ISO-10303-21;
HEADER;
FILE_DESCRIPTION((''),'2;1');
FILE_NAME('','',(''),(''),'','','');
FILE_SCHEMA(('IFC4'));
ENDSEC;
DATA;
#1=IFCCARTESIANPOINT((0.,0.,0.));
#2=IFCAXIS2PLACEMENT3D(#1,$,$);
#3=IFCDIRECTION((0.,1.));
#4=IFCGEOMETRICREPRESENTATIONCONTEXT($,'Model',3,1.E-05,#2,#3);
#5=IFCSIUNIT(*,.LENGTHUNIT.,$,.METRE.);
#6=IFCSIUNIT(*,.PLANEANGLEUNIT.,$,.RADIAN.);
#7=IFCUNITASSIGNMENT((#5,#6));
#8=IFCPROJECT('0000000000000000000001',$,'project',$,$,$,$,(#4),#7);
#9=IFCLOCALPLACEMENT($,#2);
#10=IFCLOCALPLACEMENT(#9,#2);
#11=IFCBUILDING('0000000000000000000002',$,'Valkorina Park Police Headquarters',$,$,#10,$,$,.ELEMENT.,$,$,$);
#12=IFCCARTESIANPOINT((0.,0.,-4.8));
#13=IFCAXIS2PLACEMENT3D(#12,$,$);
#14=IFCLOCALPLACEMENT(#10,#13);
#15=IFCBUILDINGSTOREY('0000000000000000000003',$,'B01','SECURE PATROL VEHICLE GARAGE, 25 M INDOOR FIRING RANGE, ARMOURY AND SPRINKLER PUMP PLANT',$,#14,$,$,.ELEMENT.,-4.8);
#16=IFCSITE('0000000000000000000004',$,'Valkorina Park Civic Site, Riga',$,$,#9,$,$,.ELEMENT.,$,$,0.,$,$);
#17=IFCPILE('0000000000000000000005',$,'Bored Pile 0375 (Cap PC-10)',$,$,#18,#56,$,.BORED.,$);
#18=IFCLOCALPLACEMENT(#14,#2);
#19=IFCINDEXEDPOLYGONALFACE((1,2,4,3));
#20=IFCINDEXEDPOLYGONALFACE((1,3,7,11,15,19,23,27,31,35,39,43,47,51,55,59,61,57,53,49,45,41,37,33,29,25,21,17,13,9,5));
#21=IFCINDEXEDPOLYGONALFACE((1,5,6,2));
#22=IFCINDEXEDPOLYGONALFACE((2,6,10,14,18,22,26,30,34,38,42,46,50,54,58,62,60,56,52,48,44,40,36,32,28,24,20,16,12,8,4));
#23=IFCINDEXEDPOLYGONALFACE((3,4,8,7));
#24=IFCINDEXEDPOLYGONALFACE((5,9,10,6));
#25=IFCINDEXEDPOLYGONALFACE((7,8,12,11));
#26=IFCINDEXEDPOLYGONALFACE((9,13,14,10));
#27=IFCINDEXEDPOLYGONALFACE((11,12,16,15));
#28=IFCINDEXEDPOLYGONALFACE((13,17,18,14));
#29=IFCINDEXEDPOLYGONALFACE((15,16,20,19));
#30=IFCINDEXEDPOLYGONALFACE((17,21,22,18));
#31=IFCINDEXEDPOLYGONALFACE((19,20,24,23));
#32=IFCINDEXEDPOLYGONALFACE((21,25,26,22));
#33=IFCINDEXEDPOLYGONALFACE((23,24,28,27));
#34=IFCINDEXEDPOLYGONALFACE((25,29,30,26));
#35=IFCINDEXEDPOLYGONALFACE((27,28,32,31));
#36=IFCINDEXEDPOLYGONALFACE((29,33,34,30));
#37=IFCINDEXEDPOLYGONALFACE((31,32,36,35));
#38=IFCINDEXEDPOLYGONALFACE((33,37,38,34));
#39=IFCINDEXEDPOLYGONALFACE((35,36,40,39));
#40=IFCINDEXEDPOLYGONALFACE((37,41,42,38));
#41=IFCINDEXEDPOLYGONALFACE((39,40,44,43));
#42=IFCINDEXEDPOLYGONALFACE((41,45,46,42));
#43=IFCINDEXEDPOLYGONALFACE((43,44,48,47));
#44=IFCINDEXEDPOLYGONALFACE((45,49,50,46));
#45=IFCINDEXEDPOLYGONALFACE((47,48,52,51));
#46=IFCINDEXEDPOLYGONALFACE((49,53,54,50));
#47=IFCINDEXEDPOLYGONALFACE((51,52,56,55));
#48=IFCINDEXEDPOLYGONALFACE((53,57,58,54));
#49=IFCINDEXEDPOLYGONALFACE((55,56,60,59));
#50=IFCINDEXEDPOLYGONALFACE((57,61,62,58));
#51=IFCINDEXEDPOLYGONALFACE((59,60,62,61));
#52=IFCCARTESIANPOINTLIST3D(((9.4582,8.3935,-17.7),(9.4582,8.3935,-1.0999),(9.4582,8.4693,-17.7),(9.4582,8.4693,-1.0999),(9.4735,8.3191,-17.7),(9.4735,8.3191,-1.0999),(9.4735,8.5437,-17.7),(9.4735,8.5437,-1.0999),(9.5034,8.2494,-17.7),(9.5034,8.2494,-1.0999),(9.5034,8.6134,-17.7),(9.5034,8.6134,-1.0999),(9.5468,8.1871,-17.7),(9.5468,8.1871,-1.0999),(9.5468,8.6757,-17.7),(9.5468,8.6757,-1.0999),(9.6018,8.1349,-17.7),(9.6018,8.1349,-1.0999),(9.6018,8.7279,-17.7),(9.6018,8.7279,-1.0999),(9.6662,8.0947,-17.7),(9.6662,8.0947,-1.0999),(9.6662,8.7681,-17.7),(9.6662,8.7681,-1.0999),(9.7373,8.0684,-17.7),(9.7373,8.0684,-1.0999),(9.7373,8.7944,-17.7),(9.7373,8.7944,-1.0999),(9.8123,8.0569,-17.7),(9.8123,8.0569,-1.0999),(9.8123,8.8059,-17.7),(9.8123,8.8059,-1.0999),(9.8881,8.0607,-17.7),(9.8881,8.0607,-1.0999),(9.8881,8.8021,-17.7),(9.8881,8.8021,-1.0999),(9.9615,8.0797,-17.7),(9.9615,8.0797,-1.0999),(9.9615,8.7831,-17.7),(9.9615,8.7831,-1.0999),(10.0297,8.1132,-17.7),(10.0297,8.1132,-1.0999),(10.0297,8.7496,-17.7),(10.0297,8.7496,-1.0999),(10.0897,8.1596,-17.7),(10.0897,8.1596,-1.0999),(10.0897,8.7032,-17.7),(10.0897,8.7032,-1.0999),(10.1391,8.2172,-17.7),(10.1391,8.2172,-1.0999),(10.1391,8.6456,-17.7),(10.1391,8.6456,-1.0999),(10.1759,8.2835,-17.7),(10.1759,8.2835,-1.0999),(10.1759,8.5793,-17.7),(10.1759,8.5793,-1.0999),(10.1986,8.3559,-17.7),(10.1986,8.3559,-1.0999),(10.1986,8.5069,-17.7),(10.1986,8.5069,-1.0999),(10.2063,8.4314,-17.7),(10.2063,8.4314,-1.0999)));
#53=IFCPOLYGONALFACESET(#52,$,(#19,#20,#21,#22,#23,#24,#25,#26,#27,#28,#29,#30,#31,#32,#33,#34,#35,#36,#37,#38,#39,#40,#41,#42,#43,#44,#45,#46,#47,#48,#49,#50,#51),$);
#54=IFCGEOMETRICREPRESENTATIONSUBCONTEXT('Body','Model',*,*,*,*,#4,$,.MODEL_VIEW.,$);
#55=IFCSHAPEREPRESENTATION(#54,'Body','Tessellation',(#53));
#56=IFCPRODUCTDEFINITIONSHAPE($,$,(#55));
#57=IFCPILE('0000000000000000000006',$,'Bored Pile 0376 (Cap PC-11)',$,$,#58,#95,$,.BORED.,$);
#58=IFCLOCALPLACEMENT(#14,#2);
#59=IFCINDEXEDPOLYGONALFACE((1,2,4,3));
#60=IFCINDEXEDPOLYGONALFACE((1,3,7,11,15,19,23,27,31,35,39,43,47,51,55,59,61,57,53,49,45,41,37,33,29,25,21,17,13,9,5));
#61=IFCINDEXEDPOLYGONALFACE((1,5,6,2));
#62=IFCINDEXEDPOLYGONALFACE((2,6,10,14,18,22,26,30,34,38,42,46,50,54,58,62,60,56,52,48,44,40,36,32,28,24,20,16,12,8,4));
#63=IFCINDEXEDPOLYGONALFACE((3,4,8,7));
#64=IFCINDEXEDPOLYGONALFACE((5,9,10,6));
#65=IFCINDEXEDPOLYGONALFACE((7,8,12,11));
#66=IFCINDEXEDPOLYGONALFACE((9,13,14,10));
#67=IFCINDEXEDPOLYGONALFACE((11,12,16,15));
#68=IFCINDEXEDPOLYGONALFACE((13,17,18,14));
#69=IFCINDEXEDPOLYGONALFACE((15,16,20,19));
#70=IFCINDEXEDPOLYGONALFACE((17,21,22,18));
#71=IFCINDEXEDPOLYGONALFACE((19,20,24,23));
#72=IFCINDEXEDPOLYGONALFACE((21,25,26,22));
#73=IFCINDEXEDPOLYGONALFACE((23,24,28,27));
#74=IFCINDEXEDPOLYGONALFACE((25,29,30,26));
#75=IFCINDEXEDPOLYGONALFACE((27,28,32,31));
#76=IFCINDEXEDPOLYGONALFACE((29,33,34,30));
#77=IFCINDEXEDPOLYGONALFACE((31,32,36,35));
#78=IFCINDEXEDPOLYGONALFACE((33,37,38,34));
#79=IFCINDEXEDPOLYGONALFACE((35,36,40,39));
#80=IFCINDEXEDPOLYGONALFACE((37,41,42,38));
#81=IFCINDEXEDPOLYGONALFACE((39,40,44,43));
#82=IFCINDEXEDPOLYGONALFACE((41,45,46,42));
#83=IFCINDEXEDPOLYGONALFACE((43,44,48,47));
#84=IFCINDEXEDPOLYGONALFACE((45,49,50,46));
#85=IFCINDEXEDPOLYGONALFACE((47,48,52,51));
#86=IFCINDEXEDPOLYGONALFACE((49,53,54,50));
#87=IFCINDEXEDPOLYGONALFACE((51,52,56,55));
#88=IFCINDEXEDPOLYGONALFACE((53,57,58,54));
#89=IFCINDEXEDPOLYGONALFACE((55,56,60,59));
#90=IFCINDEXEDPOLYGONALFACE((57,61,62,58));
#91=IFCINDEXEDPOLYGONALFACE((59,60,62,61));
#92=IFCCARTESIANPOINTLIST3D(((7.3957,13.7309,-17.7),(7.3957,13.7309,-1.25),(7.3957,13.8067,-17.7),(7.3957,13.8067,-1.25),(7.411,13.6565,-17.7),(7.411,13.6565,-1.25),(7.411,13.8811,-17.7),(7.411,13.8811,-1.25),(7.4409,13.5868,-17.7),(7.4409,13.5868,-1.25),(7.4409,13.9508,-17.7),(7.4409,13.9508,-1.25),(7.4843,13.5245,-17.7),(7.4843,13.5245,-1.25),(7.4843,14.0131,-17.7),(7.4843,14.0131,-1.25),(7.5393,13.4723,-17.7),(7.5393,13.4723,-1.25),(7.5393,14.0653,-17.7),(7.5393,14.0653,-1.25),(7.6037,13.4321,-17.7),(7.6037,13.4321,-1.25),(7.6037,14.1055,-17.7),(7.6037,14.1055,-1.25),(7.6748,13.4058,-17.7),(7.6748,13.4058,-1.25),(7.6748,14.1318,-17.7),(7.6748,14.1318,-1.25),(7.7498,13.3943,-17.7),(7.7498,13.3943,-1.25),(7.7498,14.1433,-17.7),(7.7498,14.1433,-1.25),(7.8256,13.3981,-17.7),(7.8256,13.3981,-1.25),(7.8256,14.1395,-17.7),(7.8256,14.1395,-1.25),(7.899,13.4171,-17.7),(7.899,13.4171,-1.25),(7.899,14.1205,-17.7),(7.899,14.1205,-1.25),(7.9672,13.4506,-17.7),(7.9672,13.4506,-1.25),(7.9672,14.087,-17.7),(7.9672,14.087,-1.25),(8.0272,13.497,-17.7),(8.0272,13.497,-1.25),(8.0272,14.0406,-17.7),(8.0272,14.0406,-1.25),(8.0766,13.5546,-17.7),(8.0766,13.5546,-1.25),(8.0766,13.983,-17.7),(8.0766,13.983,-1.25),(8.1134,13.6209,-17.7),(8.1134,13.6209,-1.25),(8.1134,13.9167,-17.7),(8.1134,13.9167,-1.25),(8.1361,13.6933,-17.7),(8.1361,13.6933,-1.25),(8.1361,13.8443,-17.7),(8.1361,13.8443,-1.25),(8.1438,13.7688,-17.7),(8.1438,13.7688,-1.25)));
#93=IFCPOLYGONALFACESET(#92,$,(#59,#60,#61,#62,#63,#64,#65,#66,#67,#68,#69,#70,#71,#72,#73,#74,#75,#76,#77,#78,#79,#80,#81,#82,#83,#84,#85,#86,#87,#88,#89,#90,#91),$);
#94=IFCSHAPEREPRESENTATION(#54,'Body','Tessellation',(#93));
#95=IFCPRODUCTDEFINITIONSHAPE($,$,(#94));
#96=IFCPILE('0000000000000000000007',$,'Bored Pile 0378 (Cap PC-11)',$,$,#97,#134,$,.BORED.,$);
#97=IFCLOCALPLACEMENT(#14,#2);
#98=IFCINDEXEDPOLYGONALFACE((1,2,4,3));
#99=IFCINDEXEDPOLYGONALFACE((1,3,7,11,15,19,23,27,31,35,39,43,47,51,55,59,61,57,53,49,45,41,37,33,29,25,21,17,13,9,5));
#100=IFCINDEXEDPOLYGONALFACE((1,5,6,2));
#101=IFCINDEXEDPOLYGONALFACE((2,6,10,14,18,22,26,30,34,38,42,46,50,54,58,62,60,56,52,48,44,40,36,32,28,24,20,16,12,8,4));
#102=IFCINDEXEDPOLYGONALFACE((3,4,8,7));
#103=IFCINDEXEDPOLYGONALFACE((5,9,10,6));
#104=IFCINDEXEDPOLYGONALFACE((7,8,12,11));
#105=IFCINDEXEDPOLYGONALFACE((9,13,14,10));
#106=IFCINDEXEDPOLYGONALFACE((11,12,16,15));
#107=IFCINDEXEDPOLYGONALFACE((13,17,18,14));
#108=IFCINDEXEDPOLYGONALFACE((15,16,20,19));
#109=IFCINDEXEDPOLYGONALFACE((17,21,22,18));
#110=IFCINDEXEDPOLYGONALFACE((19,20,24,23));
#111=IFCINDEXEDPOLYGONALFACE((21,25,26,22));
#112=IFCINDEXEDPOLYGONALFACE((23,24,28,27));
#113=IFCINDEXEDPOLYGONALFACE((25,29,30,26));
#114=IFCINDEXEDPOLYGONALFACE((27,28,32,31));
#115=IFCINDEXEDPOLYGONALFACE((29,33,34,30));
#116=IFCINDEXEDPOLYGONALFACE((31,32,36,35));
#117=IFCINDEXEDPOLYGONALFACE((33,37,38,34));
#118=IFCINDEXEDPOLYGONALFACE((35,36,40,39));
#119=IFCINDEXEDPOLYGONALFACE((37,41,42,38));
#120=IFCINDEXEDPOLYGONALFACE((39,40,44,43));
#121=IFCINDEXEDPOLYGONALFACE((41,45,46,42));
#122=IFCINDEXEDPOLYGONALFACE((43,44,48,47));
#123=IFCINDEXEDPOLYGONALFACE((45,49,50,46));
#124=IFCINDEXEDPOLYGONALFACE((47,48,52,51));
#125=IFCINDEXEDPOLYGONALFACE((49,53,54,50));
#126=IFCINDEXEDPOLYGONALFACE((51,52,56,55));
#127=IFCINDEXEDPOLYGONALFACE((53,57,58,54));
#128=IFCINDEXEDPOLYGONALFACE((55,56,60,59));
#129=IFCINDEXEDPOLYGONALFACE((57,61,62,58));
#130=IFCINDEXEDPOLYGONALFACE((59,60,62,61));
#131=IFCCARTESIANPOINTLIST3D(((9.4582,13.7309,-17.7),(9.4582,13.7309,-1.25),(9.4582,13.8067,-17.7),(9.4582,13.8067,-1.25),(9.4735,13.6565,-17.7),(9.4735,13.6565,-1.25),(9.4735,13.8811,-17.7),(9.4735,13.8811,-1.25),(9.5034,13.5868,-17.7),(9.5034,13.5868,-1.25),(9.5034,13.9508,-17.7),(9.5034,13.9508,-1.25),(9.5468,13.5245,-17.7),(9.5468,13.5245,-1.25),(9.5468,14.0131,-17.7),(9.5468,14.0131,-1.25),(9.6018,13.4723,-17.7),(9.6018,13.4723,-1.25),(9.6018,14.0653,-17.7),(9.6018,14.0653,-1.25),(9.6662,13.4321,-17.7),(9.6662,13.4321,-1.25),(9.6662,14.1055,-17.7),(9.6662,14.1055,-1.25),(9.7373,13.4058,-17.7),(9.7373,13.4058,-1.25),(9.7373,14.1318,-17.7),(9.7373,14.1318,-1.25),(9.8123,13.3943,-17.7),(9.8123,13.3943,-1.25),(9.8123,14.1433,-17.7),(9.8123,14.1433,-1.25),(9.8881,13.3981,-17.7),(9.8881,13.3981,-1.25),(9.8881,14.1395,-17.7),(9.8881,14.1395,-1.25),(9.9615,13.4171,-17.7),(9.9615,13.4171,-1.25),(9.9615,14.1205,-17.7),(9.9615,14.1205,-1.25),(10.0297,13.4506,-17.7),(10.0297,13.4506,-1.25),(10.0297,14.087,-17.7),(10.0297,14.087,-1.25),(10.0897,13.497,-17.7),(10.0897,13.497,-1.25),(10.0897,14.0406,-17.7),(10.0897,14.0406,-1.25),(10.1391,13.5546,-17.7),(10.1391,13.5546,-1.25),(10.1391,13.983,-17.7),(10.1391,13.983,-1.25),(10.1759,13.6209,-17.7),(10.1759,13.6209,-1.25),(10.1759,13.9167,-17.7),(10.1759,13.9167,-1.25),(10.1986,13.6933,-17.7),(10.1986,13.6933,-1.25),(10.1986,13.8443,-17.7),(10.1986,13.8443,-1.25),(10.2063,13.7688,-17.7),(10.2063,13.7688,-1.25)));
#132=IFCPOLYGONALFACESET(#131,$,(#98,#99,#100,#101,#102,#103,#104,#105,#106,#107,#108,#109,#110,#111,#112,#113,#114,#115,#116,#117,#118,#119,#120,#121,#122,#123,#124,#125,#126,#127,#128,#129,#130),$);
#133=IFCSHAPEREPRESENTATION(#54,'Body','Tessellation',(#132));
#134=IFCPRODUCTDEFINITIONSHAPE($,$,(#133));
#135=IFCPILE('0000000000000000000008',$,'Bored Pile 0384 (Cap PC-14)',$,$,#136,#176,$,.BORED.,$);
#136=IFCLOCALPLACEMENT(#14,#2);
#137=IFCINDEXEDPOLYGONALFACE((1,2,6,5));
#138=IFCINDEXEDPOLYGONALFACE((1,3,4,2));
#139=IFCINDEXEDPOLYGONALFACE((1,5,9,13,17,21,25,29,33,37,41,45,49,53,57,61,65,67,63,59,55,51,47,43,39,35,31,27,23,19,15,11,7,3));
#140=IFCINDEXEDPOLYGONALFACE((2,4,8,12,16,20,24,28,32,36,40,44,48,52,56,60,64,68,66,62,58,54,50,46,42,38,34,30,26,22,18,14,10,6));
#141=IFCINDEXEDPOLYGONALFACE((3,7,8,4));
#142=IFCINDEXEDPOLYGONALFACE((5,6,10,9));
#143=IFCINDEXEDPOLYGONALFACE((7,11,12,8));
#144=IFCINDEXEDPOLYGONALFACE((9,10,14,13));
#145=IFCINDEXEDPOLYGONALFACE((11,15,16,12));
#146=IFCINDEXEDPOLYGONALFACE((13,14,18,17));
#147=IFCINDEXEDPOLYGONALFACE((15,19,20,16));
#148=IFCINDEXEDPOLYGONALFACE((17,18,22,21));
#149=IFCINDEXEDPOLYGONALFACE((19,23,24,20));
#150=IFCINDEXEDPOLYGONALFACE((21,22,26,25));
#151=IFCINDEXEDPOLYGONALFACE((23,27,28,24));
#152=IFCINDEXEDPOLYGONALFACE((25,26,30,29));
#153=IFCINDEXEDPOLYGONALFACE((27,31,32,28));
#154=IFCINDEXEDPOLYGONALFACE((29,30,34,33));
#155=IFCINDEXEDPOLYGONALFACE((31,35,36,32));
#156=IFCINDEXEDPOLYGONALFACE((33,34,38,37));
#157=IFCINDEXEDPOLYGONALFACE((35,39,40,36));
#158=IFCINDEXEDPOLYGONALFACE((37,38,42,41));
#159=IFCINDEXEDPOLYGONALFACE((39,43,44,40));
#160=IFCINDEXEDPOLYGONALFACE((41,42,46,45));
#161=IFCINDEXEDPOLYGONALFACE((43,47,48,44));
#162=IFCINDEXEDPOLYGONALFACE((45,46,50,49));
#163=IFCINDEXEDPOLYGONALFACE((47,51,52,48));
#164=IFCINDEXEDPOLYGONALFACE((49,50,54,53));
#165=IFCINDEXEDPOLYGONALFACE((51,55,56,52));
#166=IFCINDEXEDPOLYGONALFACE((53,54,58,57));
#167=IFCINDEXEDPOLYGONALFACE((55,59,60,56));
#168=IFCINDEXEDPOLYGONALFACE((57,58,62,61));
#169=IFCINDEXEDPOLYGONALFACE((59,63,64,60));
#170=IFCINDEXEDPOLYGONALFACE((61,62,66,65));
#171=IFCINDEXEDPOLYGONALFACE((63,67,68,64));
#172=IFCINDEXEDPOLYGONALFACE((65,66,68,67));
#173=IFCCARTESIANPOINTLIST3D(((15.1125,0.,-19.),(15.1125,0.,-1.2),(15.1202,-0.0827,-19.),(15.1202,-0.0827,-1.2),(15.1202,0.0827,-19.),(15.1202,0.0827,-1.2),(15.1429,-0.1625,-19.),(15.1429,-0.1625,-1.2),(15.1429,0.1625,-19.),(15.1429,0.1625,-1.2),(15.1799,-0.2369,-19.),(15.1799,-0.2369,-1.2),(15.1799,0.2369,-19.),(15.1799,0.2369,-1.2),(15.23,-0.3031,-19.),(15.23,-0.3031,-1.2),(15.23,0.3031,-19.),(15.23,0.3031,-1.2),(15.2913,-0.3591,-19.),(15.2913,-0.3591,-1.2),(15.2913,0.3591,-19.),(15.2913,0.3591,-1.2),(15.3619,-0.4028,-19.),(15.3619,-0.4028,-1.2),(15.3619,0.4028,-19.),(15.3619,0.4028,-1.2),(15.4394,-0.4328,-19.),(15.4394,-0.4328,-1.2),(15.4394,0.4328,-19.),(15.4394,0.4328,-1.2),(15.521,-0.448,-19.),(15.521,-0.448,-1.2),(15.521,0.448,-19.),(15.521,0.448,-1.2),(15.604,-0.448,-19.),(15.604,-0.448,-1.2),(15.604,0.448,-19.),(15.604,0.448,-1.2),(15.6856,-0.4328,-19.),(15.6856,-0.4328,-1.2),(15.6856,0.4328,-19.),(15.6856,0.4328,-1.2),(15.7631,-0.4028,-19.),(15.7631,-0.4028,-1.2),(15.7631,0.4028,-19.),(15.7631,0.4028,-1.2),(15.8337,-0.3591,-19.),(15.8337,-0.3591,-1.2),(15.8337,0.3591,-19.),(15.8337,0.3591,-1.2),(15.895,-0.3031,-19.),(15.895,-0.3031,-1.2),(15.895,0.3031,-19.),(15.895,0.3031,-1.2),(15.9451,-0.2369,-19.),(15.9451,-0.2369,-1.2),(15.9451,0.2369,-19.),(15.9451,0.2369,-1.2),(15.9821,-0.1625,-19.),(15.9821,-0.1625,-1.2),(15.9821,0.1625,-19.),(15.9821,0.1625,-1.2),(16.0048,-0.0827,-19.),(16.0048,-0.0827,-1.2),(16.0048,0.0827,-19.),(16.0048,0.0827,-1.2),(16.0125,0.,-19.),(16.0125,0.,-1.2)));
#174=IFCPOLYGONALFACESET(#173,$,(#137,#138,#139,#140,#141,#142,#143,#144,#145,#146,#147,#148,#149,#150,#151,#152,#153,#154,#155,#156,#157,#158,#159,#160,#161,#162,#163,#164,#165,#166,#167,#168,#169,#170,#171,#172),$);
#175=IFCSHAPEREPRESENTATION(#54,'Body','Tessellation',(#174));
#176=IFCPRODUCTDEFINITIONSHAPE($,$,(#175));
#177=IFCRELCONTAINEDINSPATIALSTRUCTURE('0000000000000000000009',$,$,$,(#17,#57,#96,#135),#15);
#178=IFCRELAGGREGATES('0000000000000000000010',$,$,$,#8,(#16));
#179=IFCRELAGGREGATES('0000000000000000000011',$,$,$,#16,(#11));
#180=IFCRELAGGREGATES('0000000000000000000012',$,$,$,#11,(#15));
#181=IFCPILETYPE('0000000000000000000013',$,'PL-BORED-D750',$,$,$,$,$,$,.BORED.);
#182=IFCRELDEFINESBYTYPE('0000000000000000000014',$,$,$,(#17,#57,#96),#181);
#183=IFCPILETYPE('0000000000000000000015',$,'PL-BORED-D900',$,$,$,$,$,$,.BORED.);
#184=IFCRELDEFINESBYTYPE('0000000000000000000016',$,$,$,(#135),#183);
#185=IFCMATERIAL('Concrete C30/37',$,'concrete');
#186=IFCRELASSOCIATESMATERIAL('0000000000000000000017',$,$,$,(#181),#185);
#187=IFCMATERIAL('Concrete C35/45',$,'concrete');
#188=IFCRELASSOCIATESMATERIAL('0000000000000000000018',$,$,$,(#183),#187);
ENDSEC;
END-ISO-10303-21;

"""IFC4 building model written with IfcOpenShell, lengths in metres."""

from ifc_helpers import new_model, si_unit, direction, frame, origin, origin_2d, place, context, subcontext, project, spatial, circle, extrude, material, material_profile, profile_set, type_object, element, save


model = new_model("IFC4")

# Units and contexts
model_context = context("Model", 3, precision=1e-05, world=origin(), true_north=direction((0.0, 1.0)))
body_context = subcontext(model_context, "Body", "Model", "MODEL_VIEW")
ifc_project = project(units=[si_unit("LENGTHUNIT", "METRE"), si_unit("PLANEANGLEUNIT", "RADIAN")], contexts=[model_context])

# Site, building, storey
site_placement = place(None, origin())
site = spatial("IfcSite", under=ifc_project, at=site_placement, Name="Valkorina Park Civic Site, Riga", CompositionType="ELEMENT", RefElevation=0.0)
building_placement = place(site_placement, origin())
building = spatial("IfcBuilding", under=site, at=building_placement, Name="Valkorina Park Police Headquarters", CompositionType="ELEMENT")
storey_placement = place(building_placement, frame((0.0, 0.0, -4.8)))
storey = spatial("IfcBuildingStorey", under=building, at=storey_placement, Name="B01", Description="SECURE PATROL VEHICLE GARAGE, 25 M INDOOR FIRING RANGE, ARMOURY AND SPRINKLER PUMP PLANT", CompositionType="ELEMENT", Elevation=-4.8)

# Piles
ifc_material_1 = material(Name="Concrete C30/37", Category="concrete")
ifc_material_profile_1 = material_profile(ifc_material_1, circle(Radius=0.375, at=origin_2d()), Name="BORED PILE D750")
ifc_profile_set_1 = profile_set([ifc_material_profile_1], Name="Concrete C30/37")
pile_type_1 = type_object("IfcPileType", Name="PL-BORED-D750", PredefinedType="BORED", material=ifc_profile_set_1)
for number, where, z_axis, x_axis, name in (
    (1, (9.8313, 8.4314, -1.0999), (0.0, 0.0, -1.0), (1.0, 0.0, 0.0), "Bored Pile 0375 (Cap PC-10)"),
):
    element("IfcPile", number, at=place(storey_placement, frame(where, z_axis=z_axis, x_axis=x_axis)), inside=storey, type_object=pile_type_1, Name=name, PredefinedType="BORED", context=body_context, shape_type="SweptSolid", body=[
        extrude(circle(Radius=0.375, at=origin_2d()), origin(), (0.0, 0.0, 1.0), 16.6001),
    ])
for number, where, z_axis, x_axis, name in (
    (2, (7.7688, 13.7688, -1.25), (0.0, 0.0, -1.0), (1.0, 0.0, 0.0), "Bored Pile 0376 (Cap PC-11)"),
    (3, (9.8313, 13.7688, -1.25), (0.0, 0.0, -1.0), (1.0, 0.0, 0.0), "Bored Pile 0378 (Cap PC-11)"),
):
    element("IfcPile", number, at=place(storey_placement, frame(where, z_axis=z_axis, x_axis=x_axis)), inside=storey, type_object=pile_type_1, Name=name, PredefinedType="BORED", context=body_context, shape_type="SweptSolid", body=[
        extrude(circle(Radius=0.375, at=origin_2d()), origin(), (0.0, 0.0, 1.0), 16.45),
    ])
ifc_material_2 = material(Name="Concrete C35/45", Category="concrete")
ifc_material_profile_2 = material_profile(ifc_material_2, circle(Radius=0.45, at=origin_2d()), Name="BORED PILE D900")
ifc_profile_set_2 = profile_set([ifc_material_profile_2], Name="Concrete C35/45")
pile_type_2 = type_object("IfcPileType", Name="PL-BORED-D900", PredefinedType="BORED", material=ifc_profile_set_2)
for number, where, z_axis, x_axis, name in (
    (4, (15.5625, 0.0, -1.2), (0.0, 0.0, -1.0), (1.0, 0.0, 0.0), "Bored Pile 0384 (Cap PC-14)"),
):
    element("IfcPile", number, at=place(storey_placement, frame(where, z_axis=z_axis, x_axis=x_axis)), inside=storey, type_object=pile_type_2, Name=name, PredefinedType="BORED", context=body_context, shape_type="SweptSolid", body=[
        extrude(circle(Radius=0.45, at=origin_2d()), origin(), (0.0, 0.0, 1.0), 17.8),
    ])

save(model, "model.ifc")
